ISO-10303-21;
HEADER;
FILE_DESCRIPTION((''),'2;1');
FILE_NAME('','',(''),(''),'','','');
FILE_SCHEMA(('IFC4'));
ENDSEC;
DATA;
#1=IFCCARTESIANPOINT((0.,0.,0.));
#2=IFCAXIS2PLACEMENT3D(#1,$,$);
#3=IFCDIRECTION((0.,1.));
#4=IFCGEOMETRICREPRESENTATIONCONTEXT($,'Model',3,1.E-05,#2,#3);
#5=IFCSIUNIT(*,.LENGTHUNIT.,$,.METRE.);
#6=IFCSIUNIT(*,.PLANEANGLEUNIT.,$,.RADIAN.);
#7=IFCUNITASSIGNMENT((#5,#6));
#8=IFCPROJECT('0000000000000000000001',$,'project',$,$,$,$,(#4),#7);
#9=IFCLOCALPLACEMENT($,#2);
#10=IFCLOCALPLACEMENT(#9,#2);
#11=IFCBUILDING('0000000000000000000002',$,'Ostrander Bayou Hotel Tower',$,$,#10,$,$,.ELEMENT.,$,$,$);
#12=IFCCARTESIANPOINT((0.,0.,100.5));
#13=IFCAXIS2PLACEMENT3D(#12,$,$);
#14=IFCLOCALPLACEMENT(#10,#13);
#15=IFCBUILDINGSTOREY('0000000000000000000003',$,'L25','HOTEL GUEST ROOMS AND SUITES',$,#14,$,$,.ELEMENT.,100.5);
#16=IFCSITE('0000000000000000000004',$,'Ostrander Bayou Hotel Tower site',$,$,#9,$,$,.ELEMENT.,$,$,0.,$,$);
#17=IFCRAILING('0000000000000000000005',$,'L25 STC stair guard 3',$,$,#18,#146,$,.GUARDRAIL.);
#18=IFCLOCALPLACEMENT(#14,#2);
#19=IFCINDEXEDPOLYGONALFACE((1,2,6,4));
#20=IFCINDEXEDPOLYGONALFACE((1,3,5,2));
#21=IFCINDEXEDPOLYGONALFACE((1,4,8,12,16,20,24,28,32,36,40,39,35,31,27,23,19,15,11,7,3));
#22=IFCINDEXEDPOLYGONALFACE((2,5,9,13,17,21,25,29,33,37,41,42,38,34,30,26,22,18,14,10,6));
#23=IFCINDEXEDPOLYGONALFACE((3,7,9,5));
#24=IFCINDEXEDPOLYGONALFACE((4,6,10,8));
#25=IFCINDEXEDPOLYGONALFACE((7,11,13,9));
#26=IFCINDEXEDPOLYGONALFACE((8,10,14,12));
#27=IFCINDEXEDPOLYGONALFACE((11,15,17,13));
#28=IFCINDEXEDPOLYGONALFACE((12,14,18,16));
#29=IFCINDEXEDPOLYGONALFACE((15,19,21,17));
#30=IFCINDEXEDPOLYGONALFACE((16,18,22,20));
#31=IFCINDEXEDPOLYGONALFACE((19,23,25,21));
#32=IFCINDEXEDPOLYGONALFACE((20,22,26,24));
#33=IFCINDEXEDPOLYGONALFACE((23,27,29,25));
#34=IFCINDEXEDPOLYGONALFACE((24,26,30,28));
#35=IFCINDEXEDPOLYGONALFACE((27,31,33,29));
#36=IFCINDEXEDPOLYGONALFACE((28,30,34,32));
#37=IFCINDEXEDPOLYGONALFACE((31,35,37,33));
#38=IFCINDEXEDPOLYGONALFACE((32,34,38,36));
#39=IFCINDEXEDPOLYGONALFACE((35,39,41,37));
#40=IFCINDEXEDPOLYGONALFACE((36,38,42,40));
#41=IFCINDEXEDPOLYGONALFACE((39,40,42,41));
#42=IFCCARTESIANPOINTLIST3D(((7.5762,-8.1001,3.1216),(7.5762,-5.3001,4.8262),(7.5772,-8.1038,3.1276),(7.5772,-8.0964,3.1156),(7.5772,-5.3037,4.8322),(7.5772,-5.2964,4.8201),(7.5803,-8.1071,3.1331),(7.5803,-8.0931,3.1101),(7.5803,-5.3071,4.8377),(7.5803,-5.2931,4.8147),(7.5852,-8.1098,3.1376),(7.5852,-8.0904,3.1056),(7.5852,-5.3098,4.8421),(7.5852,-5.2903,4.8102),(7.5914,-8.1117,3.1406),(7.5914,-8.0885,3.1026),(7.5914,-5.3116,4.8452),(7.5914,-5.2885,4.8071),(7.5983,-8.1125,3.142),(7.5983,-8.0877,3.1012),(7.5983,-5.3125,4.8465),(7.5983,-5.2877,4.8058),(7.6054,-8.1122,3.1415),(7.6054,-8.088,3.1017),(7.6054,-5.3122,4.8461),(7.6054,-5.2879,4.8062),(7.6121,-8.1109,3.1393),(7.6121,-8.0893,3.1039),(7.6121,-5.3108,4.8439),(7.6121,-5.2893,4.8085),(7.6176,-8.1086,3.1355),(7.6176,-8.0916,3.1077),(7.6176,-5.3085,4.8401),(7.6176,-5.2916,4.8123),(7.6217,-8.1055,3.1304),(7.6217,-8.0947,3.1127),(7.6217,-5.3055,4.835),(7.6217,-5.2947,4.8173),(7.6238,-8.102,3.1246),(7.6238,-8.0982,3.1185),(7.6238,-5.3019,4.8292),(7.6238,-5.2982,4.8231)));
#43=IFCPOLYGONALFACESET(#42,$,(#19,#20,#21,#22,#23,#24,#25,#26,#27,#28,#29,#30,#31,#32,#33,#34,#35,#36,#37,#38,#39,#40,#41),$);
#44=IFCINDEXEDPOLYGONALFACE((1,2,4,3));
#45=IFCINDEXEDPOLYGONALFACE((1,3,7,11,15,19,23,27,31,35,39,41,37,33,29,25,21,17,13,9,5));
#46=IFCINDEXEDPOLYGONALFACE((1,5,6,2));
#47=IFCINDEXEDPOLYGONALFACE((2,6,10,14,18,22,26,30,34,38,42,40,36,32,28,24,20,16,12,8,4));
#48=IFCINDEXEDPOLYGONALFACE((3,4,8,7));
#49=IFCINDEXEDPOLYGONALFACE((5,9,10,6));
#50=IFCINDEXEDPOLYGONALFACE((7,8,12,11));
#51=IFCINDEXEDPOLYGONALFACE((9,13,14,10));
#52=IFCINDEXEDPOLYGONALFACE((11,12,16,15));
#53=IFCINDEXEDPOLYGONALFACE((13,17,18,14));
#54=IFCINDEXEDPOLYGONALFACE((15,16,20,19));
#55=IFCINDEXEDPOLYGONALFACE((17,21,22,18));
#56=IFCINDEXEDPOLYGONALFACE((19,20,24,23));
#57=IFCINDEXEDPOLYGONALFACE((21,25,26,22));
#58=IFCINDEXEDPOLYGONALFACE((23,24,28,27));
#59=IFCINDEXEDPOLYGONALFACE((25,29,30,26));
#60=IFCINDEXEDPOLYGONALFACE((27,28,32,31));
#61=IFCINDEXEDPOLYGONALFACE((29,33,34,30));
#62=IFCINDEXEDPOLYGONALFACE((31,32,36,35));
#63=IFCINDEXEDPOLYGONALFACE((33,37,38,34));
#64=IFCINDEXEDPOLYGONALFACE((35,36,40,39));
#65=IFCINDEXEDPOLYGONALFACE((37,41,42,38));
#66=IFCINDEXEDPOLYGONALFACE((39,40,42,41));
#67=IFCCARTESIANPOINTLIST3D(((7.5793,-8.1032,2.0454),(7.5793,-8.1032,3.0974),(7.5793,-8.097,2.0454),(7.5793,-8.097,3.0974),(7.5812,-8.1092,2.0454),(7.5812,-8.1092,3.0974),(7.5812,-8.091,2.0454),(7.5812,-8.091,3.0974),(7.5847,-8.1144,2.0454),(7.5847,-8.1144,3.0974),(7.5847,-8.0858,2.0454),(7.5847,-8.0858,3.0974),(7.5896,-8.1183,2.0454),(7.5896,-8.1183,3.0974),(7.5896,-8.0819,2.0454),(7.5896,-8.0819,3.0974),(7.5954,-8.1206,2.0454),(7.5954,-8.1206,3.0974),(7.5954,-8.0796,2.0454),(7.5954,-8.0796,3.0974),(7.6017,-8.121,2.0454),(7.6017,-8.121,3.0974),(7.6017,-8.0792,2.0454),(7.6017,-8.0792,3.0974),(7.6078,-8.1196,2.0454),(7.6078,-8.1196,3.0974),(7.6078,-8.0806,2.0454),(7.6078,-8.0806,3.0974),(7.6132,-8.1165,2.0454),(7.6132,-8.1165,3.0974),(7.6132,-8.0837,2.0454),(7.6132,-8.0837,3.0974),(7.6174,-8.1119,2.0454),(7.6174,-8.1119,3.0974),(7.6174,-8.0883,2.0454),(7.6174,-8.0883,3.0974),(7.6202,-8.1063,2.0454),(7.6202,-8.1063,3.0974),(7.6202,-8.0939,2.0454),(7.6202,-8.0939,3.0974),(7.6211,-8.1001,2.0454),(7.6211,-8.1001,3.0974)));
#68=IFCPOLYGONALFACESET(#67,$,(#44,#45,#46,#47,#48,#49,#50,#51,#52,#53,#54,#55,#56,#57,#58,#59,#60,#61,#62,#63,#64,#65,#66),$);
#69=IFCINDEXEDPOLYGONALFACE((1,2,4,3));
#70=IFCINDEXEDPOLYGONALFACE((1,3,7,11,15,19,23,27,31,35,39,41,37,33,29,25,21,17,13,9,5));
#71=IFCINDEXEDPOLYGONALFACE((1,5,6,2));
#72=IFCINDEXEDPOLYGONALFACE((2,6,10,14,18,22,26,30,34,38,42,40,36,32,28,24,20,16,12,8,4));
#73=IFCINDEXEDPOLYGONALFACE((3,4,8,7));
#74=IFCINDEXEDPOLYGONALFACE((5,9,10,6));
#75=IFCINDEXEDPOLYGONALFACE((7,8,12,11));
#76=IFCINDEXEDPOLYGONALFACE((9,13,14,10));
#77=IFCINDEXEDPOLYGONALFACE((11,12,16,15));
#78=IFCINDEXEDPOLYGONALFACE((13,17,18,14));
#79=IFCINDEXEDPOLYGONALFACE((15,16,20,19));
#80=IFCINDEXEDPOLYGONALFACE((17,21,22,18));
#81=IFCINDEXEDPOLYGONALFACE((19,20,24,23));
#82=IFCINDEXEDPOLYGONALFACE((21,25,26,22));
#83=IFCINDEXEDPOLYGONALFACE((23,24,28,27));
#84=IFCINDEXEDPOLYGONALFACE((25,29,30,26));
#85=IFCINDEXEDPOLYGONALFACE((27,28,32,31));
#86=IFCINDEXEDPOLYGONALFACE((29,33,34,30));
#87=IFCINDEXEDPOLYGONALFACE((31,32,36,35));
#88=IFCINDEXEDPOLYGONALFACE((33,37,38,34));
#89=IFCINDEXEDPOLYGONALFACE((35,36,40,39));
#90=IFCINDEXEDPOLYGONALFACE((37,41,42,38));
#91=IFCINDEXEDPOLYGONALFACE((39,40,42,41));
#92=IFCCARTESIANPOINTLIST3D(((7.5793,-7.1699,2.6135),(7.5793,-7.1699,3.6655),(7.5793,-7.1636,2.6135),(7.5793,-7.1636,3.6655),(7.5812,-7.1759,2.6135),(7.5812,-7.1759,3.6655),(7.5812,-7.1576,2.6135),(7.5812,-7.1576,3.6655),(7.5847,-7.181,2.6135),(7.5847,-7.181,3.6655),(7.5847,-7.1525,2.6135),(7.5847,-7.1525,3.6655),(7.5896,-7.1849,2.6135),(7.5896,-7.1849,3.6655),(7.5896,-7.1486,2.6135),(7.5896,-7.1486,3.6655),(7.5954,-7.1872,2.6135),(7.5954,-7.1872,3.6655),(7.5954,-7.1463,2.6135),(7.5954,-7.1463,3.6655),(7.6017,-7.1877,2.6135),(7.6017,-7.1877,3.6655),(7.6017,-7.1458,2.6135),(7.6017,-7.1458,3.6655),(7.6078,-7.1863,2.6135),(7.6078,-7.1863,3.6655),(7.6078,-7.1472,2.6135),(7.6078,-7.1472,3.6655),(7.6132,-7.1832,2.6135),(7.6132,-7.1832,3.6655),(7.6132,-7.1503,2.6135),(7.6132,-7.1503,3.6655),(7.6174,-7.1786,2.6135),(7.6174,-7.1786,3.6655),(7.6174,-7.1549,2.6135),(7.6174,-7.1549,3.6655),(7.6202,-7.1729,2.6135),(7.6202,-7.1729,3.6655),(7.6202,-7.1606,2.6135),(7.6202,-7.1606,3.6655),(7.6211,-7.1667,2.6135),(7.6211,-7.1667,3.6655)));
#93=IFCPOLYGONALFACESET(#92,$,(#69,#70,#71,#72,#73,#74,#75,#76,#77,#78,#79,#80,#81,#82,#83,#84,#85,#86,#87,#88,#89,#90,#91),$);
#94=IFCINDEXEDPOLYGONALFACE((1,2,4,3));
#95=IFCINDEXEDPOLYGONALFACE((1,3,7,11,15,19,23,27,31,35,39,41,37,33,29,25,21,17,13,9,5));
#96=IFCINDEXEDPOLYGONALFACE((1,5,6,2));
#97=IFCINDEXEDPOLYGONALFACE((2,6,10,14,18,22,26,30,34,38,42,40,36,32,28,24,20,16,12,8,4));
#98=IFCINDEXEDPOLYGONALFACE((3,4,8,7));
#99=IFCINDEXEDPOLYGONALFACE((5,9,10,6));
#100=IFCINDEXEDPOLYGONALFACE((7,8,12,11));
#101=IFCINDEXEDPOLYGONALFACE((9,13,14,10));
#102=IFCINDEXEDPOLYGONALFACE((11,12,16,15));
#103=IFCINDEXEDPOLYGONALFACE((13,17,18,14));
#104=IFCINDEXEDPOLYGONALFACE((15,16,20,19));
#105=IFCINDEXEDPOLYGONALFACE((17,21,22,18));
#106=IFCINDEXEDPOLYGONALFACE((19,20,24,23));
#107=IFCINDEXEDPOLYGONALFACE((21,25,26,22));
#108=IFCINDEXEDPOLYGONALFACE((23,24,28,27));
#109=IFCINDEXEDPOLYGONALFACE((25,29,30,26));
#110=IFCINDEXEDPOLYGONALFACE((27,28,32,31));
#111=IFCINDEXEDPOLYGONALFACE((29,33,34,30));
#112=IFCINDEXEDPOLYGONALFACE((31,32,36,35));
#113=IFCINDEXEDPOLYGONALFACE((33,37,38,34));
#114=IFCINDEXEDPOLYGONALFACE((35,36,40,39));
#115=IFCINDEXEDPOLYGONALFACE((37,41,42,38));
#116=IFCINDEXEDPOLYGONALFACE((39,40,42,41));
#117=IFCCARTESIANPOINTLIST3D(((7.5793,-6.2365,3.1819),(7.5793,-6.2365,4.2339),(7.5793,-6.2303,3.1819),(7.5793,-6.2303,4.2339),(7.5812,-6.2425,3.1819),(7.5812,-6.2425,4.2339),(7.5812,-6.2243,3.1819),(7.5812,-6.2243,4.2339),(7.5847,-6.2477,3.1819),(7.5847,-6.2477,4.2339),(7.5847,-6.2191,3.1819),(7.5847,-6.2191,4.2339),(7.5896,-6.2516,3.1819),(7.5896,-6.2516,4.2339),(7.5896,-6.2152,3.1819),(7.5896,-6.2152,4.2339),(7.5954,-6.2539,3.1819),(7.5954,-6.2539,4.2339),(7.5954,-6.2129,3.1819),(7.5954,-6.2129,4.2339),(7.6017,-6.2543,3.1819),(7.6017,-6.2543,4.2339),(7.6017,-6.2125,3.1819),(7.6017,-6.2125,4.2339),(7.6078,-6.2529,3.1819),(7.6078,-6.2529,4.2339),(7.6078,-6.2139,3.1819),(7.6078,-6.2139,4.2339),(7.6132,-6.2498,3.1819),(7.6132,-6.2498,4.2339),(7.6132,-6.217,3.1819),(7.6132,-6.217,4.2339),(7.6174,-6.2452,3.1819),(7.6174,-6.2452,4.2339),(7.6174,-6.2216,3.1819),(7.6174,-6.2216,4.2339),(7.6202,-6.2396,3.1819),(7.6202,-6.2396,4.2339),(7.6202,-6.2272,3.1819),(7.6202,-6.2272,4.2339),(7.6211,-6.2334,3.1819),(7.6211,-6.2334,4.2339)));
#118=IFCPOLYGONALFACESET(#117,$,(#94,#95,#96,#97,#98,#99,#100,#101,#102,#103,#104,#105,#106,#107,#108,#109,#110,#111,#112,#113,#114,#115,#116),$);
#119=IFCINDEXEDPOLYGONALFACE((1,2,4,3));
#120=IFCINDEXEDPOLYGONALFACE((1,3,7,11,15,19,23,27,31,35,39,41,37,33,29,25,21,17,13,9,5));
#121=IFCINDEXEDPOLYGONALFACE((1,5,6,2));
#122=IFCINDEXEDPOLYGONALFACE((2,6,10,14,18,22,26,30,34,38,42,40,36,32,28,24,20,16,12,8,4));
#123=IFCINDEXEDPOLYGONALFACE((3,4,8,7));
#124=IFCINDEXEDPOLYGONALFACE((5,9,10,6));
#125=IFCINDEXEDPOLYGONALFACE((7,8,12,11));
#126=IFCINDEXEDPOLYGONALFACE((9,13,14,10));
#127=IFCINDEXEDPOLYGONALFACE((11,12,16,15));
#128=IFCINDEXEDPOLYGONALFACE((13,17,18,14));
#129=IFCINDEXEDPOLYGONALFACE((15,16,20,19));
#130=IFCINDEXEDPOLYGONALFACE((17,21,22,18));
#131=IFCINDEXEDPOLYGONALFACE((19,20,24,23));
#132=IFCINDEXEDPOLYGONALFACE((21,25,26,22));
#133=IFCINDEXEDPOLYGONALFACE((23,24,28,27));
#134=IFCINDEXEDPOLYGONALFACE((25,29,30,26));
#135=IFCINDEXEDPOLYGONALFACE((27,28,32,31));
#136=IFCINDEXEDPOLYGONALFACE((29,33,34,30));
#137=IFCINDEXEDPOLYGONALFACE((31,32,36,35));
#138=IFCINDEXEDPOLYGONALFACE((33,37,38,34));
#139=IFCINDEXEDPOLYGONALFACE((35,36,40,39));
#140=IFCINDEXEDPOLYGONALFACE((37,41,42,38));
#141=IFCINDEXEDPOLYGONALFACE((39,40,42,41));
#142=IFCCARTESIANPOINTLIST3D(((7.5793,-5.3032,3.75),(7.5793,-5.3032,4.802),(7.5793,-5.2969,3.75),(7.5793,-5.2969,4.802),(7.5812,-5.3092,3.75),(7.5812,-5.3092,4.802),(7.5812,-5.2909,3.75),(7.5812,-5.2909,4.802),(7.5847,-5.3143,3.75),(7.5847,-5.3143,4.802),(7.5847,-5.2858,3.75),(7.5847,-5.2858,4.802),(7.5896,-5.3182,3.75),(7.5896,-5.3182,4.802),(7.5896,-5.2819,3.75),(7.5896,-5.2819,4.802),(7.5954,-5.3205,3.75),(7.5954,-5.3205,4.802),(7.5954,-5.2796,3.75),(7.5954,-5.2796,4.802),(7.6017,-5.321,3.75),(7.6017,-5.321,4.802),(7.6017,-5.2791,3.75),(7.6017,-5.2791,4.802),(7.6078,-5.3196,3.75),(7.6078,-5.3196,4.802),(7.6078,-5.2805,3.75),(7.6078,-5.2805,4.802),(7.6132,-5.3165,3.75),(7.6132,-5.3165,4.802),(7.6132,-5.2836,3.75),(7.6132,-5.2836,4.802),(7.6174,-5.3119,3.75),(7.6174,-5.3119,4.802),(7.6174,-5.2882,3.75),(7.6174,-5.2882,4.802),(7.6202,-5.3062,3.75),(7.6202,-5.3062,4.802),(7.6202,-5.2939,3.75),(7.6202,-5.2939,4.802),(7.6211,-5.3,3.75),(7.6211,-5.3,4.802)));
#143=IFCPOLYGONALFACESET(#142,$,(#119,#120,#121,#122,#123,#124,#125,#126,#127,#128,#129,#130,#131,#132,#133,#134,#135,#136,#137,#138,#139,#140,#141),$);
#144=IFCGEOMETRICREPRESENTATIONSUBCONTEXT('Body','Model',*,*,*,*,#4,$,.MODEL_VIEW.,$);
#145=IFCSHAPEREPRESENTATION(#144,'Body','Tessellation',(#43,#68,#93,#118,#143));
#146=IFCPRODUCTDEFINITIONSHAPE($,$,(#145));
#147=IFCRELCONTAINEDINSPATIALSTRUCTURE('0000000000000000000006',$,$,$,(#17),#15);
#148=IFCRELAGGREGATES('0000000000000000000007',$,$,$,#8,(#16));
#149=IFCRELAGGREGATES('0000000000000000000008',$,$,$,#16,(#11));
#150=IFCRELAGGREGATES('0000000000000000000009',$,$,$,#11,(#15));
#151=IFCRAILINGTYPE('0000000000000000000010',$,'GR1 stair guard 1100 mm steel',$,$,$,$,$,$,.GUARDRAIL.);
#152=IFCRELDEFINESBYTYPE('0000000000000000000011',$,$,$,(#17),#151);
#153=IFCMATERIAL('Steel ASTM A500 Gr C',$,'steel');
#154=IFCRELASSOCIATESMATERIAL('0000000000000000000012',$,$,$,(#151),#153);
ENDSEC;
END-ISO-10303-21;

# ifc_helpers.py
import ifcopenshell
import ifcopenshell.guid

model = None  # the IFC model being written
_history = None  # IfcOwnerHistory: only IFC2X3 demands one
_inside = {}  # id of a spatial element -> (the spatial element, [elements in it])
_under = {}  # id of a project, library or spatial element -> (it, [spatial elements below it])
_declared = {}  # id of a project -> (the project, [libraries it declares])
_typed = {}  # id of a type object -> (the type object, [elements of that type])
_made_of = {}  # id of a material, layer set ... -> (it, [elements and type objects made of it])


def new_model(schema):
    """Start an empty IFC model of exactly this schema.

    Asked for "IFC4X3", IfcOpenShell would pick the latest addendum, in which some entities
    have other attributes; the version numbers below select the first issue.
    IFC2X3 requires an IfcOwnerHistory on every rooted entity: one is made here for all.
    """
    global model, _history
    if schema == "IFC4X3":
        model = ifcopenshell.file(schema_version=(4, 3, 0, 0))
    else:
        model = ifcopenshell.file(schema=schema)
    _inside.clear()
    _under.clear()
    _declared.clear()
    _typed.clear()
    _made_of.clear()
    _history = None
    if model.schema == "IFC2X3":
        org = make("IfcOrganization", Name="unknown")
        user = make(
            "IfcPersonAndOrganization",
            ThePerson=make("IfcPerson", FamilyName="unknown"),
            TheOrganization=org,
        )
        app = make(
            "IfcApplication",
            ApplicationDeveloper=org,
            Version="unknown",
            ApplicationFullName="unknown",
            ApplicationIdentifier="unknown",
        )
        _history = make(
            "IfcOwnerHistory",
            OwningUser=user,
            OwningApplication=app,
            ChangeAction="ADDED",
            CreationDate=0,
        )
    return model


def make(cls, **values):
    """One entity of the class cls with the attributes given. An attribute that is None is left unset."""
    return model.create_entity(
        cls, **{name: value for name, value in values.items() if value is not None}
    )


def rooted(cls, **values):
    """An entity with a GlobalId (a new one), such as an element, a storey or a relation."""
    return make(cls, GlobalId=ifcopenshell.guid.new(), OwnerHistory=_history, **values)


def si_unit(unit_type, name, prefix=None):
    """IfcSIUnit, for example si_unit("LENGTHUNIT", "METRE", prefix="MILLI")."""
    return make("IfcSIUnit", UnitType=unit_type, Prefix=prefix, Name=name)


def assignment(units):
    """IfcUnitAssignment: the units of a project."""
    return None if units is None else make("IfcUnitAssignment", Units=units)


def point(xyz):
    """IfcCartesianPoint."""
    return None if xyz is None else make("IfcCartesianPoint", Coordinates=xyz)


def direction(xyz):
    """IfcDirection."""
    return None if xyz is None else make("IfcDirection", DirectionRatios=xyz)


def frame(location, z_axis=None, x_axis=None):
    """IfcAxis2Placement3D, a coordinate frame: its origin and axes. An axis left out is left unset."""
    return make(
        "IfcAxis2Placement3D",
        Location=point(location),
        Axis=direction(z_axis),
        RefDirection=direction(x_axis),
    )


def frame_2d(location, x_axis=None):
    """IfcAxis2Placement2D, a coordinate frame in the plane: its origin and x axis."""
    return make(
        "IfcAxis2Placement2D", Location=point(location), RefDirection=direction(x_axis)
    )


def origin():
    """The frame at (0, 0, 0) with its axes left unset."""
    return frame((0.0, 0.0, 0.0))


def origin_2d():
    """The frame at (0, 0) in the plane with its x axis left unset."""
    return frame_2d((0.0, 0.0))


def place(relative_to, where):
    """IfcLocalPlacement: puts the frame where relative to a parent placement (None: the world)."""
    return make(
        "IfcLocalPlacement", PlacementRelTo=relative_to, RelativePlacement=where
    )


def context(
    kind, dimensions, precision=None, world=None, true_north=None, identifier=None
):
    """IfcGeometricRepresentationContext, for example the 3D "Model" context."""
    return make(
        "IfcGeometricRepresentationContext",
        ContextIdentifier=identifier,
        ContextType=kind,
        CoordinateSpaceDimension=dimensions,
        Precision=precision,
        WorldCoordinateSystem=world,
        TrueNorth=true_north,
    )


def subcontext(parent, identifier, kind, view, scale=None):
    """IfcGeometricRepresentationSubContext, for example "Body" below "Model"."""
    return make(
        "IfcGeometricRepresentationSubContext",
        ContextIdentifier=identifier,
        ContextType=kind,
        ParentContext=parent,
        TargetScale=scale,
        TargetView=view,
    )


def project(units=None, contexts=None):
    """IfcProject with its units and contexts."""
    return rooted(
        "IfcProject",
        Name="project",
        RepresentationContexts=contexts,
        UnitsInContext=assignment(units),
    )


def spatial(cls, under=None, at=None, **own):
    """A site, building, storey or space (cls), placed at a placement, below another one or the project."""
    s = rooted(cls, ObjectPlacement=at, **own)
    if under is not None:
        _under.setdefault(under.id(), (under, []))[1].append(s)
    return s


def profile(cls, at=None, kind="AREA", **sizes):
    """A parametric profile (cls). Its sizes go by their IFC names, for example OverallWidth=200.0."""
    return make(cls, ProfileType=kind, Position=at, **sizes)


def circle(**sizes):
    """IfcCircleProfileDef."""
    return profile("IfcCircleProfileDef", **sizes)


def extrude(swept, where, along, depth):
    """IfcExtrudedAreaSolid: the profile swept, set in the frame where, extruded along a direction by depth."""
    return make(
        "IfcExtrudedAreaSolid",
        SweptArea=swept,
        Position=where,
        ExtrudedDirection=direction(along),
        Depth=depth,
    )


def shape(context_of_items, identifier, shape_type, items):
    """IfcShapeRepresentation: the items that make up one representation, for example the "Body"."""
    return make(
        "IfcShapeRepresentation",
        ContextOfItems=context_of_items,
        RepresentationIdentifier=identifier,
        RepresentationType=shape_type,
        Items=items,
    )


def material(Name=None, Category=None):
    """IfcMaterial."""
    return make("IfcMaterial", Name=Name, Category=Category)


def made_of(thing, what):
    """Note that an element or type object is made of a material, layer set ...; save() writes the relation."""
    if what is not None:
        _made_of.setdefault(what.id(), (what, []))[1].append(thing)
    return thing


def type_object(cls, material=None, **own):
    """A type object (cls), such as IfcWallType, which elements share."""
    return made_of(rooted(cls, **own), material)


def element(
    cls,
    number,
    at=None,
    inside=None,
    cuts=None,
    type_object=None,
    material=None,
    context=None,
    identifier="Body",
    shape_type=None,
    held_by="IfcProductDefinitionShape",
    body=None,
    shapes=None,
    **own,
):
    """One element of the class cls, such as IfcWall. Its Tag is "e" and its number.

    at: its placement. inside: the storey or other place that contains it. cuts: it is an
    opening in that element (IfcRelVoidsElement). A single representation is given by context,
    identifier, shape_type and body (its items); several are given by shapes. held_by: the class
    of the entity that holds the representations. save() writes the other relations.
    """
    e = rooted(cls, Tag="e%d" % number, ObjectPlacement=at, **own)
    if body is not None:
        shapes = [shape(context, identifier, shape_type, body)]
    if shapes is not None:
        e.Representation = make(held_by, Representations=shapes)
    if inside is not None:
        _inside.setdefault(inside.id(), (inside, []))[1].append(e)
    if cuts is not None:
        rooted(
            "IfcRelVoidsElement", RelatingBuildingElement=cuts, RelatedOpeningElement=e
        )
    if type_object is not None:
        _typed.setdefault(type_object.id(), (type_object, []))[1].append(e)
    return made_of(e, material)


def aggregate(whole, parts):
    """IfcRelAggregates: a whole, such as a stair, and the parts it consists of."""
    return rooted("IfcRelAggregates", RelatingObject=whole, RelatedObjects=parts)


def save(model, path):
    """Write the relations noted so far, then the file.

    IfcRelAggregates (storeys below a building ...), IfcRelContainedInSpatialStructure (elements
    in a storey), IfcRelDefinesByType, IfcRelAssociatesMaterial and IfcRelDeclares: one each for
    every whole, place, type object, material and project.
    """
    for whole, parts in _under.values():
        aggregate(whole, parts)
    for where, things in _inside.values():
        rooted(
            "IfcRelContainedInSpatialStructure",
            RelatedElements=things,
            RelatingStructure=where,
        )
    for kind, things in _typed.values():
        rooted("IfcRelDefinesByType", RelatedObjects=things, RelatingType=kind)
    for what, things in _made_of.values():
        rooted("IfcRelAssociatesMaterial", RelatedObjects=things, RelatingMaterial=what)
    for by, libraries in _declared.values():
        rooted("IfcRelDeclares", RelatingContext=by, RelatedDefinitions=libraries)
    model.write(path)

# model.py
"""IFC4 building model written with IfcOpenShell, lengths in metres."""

from ifc_helpers import new_model, si_unit, direction, frame, origin, origin_2d, place, context, subcontext, project, spatial, circle, extrude, material, type_object, element, save


model = new_model("IFC4")

# Units and contexts
model_context = context("Model", 3, precision=1e-05, world=origin(), true_north=direction((0.0, 1.0)))
body_context = subcontext(model_context, "Body", "Model", "MODEL_VIEW")
ifc_project = project(units=[si_unit("LENGTHUNIT", "METRE"), si_unit("PLANEANGLEUNIT", "RADIAN")], contexts=[model_context])

# Site, building, storey
site_placement = place(None, origin())
site = spatial("IfcSite", under=ifc_project, at=site_placement, Name="Ostrander Bayou Hotel Tower site", CompositionType="ELEMENT", RefElevation=0.0)
building_placement = place(site_placement, origin())
building = spatial("IfcBuilding", under=site, at=building_placement, Name="Ostrander Bayou Hotel Tower", CompositionType="ELEMENT")
storey_placement = place(building_placement, frame((0.0, 0.0, 100.5)))
storey = spatial("IfcBuildingStorey", under=building, at=storey_placement, Name="L25", Description="HOTEL GUEST ROOMS AND SUITES", CompositionType="ELEMENT", Elevation=100.5)

# Railing
ifc_material_1 = material(Name="Steel ASTM A500 Gr C", Category="steel")
railing_type_1 = type_object("IfcRailingType", Name="GR1 stair guard 1100 mm steel", PredefinedType="GUARDRAIL", material=ifc_material_1)
railing_1_placement = place(storey_placement, frame((7.6001, -8.1001, 2.0454)))
element("IfcRailing", 1, at=railing_1_placement, inside=storey, type_object=railing_type_1, Name="L25 STC stair guard 3", PredefinedType="GUARDRAIL", context=body_context, shape_type="SweptSolid", body=[
    extrude(circle(Radius=0.0239, at=origin_2d()), frame((0.0, 0.0, 1.0762), z_axis=(0.0, 0.85417, 0.519994), x_axis=(-1.0, 0.0, 0.0)), (0.0, 0.0, 1.0), 3.2781),
    extrude(circle(Radius=0.021, at=origin_2d()), origin(), (0.0, 0.0, 1.0), 1.052),
    extrude(circle(Radius=0.021, at=origin_2d()), frame((0.0, 0.9333, 0.5681)), (0.0, 0.0, 1.0), 1.052),
    extrude(circle(Radius=0.021, at=origin_2d()), frame((0.0, 1.8667, 1.1365)), (0.0, 0.0, 1.0), 1.052),
    extrude(circle(Radius=0.021, at=origin_2d()), frame((0.0, 2.8, 1.7046)), (0.0, 0.0, 1.0), 1.052),
])

save(model, "model.ifc")
